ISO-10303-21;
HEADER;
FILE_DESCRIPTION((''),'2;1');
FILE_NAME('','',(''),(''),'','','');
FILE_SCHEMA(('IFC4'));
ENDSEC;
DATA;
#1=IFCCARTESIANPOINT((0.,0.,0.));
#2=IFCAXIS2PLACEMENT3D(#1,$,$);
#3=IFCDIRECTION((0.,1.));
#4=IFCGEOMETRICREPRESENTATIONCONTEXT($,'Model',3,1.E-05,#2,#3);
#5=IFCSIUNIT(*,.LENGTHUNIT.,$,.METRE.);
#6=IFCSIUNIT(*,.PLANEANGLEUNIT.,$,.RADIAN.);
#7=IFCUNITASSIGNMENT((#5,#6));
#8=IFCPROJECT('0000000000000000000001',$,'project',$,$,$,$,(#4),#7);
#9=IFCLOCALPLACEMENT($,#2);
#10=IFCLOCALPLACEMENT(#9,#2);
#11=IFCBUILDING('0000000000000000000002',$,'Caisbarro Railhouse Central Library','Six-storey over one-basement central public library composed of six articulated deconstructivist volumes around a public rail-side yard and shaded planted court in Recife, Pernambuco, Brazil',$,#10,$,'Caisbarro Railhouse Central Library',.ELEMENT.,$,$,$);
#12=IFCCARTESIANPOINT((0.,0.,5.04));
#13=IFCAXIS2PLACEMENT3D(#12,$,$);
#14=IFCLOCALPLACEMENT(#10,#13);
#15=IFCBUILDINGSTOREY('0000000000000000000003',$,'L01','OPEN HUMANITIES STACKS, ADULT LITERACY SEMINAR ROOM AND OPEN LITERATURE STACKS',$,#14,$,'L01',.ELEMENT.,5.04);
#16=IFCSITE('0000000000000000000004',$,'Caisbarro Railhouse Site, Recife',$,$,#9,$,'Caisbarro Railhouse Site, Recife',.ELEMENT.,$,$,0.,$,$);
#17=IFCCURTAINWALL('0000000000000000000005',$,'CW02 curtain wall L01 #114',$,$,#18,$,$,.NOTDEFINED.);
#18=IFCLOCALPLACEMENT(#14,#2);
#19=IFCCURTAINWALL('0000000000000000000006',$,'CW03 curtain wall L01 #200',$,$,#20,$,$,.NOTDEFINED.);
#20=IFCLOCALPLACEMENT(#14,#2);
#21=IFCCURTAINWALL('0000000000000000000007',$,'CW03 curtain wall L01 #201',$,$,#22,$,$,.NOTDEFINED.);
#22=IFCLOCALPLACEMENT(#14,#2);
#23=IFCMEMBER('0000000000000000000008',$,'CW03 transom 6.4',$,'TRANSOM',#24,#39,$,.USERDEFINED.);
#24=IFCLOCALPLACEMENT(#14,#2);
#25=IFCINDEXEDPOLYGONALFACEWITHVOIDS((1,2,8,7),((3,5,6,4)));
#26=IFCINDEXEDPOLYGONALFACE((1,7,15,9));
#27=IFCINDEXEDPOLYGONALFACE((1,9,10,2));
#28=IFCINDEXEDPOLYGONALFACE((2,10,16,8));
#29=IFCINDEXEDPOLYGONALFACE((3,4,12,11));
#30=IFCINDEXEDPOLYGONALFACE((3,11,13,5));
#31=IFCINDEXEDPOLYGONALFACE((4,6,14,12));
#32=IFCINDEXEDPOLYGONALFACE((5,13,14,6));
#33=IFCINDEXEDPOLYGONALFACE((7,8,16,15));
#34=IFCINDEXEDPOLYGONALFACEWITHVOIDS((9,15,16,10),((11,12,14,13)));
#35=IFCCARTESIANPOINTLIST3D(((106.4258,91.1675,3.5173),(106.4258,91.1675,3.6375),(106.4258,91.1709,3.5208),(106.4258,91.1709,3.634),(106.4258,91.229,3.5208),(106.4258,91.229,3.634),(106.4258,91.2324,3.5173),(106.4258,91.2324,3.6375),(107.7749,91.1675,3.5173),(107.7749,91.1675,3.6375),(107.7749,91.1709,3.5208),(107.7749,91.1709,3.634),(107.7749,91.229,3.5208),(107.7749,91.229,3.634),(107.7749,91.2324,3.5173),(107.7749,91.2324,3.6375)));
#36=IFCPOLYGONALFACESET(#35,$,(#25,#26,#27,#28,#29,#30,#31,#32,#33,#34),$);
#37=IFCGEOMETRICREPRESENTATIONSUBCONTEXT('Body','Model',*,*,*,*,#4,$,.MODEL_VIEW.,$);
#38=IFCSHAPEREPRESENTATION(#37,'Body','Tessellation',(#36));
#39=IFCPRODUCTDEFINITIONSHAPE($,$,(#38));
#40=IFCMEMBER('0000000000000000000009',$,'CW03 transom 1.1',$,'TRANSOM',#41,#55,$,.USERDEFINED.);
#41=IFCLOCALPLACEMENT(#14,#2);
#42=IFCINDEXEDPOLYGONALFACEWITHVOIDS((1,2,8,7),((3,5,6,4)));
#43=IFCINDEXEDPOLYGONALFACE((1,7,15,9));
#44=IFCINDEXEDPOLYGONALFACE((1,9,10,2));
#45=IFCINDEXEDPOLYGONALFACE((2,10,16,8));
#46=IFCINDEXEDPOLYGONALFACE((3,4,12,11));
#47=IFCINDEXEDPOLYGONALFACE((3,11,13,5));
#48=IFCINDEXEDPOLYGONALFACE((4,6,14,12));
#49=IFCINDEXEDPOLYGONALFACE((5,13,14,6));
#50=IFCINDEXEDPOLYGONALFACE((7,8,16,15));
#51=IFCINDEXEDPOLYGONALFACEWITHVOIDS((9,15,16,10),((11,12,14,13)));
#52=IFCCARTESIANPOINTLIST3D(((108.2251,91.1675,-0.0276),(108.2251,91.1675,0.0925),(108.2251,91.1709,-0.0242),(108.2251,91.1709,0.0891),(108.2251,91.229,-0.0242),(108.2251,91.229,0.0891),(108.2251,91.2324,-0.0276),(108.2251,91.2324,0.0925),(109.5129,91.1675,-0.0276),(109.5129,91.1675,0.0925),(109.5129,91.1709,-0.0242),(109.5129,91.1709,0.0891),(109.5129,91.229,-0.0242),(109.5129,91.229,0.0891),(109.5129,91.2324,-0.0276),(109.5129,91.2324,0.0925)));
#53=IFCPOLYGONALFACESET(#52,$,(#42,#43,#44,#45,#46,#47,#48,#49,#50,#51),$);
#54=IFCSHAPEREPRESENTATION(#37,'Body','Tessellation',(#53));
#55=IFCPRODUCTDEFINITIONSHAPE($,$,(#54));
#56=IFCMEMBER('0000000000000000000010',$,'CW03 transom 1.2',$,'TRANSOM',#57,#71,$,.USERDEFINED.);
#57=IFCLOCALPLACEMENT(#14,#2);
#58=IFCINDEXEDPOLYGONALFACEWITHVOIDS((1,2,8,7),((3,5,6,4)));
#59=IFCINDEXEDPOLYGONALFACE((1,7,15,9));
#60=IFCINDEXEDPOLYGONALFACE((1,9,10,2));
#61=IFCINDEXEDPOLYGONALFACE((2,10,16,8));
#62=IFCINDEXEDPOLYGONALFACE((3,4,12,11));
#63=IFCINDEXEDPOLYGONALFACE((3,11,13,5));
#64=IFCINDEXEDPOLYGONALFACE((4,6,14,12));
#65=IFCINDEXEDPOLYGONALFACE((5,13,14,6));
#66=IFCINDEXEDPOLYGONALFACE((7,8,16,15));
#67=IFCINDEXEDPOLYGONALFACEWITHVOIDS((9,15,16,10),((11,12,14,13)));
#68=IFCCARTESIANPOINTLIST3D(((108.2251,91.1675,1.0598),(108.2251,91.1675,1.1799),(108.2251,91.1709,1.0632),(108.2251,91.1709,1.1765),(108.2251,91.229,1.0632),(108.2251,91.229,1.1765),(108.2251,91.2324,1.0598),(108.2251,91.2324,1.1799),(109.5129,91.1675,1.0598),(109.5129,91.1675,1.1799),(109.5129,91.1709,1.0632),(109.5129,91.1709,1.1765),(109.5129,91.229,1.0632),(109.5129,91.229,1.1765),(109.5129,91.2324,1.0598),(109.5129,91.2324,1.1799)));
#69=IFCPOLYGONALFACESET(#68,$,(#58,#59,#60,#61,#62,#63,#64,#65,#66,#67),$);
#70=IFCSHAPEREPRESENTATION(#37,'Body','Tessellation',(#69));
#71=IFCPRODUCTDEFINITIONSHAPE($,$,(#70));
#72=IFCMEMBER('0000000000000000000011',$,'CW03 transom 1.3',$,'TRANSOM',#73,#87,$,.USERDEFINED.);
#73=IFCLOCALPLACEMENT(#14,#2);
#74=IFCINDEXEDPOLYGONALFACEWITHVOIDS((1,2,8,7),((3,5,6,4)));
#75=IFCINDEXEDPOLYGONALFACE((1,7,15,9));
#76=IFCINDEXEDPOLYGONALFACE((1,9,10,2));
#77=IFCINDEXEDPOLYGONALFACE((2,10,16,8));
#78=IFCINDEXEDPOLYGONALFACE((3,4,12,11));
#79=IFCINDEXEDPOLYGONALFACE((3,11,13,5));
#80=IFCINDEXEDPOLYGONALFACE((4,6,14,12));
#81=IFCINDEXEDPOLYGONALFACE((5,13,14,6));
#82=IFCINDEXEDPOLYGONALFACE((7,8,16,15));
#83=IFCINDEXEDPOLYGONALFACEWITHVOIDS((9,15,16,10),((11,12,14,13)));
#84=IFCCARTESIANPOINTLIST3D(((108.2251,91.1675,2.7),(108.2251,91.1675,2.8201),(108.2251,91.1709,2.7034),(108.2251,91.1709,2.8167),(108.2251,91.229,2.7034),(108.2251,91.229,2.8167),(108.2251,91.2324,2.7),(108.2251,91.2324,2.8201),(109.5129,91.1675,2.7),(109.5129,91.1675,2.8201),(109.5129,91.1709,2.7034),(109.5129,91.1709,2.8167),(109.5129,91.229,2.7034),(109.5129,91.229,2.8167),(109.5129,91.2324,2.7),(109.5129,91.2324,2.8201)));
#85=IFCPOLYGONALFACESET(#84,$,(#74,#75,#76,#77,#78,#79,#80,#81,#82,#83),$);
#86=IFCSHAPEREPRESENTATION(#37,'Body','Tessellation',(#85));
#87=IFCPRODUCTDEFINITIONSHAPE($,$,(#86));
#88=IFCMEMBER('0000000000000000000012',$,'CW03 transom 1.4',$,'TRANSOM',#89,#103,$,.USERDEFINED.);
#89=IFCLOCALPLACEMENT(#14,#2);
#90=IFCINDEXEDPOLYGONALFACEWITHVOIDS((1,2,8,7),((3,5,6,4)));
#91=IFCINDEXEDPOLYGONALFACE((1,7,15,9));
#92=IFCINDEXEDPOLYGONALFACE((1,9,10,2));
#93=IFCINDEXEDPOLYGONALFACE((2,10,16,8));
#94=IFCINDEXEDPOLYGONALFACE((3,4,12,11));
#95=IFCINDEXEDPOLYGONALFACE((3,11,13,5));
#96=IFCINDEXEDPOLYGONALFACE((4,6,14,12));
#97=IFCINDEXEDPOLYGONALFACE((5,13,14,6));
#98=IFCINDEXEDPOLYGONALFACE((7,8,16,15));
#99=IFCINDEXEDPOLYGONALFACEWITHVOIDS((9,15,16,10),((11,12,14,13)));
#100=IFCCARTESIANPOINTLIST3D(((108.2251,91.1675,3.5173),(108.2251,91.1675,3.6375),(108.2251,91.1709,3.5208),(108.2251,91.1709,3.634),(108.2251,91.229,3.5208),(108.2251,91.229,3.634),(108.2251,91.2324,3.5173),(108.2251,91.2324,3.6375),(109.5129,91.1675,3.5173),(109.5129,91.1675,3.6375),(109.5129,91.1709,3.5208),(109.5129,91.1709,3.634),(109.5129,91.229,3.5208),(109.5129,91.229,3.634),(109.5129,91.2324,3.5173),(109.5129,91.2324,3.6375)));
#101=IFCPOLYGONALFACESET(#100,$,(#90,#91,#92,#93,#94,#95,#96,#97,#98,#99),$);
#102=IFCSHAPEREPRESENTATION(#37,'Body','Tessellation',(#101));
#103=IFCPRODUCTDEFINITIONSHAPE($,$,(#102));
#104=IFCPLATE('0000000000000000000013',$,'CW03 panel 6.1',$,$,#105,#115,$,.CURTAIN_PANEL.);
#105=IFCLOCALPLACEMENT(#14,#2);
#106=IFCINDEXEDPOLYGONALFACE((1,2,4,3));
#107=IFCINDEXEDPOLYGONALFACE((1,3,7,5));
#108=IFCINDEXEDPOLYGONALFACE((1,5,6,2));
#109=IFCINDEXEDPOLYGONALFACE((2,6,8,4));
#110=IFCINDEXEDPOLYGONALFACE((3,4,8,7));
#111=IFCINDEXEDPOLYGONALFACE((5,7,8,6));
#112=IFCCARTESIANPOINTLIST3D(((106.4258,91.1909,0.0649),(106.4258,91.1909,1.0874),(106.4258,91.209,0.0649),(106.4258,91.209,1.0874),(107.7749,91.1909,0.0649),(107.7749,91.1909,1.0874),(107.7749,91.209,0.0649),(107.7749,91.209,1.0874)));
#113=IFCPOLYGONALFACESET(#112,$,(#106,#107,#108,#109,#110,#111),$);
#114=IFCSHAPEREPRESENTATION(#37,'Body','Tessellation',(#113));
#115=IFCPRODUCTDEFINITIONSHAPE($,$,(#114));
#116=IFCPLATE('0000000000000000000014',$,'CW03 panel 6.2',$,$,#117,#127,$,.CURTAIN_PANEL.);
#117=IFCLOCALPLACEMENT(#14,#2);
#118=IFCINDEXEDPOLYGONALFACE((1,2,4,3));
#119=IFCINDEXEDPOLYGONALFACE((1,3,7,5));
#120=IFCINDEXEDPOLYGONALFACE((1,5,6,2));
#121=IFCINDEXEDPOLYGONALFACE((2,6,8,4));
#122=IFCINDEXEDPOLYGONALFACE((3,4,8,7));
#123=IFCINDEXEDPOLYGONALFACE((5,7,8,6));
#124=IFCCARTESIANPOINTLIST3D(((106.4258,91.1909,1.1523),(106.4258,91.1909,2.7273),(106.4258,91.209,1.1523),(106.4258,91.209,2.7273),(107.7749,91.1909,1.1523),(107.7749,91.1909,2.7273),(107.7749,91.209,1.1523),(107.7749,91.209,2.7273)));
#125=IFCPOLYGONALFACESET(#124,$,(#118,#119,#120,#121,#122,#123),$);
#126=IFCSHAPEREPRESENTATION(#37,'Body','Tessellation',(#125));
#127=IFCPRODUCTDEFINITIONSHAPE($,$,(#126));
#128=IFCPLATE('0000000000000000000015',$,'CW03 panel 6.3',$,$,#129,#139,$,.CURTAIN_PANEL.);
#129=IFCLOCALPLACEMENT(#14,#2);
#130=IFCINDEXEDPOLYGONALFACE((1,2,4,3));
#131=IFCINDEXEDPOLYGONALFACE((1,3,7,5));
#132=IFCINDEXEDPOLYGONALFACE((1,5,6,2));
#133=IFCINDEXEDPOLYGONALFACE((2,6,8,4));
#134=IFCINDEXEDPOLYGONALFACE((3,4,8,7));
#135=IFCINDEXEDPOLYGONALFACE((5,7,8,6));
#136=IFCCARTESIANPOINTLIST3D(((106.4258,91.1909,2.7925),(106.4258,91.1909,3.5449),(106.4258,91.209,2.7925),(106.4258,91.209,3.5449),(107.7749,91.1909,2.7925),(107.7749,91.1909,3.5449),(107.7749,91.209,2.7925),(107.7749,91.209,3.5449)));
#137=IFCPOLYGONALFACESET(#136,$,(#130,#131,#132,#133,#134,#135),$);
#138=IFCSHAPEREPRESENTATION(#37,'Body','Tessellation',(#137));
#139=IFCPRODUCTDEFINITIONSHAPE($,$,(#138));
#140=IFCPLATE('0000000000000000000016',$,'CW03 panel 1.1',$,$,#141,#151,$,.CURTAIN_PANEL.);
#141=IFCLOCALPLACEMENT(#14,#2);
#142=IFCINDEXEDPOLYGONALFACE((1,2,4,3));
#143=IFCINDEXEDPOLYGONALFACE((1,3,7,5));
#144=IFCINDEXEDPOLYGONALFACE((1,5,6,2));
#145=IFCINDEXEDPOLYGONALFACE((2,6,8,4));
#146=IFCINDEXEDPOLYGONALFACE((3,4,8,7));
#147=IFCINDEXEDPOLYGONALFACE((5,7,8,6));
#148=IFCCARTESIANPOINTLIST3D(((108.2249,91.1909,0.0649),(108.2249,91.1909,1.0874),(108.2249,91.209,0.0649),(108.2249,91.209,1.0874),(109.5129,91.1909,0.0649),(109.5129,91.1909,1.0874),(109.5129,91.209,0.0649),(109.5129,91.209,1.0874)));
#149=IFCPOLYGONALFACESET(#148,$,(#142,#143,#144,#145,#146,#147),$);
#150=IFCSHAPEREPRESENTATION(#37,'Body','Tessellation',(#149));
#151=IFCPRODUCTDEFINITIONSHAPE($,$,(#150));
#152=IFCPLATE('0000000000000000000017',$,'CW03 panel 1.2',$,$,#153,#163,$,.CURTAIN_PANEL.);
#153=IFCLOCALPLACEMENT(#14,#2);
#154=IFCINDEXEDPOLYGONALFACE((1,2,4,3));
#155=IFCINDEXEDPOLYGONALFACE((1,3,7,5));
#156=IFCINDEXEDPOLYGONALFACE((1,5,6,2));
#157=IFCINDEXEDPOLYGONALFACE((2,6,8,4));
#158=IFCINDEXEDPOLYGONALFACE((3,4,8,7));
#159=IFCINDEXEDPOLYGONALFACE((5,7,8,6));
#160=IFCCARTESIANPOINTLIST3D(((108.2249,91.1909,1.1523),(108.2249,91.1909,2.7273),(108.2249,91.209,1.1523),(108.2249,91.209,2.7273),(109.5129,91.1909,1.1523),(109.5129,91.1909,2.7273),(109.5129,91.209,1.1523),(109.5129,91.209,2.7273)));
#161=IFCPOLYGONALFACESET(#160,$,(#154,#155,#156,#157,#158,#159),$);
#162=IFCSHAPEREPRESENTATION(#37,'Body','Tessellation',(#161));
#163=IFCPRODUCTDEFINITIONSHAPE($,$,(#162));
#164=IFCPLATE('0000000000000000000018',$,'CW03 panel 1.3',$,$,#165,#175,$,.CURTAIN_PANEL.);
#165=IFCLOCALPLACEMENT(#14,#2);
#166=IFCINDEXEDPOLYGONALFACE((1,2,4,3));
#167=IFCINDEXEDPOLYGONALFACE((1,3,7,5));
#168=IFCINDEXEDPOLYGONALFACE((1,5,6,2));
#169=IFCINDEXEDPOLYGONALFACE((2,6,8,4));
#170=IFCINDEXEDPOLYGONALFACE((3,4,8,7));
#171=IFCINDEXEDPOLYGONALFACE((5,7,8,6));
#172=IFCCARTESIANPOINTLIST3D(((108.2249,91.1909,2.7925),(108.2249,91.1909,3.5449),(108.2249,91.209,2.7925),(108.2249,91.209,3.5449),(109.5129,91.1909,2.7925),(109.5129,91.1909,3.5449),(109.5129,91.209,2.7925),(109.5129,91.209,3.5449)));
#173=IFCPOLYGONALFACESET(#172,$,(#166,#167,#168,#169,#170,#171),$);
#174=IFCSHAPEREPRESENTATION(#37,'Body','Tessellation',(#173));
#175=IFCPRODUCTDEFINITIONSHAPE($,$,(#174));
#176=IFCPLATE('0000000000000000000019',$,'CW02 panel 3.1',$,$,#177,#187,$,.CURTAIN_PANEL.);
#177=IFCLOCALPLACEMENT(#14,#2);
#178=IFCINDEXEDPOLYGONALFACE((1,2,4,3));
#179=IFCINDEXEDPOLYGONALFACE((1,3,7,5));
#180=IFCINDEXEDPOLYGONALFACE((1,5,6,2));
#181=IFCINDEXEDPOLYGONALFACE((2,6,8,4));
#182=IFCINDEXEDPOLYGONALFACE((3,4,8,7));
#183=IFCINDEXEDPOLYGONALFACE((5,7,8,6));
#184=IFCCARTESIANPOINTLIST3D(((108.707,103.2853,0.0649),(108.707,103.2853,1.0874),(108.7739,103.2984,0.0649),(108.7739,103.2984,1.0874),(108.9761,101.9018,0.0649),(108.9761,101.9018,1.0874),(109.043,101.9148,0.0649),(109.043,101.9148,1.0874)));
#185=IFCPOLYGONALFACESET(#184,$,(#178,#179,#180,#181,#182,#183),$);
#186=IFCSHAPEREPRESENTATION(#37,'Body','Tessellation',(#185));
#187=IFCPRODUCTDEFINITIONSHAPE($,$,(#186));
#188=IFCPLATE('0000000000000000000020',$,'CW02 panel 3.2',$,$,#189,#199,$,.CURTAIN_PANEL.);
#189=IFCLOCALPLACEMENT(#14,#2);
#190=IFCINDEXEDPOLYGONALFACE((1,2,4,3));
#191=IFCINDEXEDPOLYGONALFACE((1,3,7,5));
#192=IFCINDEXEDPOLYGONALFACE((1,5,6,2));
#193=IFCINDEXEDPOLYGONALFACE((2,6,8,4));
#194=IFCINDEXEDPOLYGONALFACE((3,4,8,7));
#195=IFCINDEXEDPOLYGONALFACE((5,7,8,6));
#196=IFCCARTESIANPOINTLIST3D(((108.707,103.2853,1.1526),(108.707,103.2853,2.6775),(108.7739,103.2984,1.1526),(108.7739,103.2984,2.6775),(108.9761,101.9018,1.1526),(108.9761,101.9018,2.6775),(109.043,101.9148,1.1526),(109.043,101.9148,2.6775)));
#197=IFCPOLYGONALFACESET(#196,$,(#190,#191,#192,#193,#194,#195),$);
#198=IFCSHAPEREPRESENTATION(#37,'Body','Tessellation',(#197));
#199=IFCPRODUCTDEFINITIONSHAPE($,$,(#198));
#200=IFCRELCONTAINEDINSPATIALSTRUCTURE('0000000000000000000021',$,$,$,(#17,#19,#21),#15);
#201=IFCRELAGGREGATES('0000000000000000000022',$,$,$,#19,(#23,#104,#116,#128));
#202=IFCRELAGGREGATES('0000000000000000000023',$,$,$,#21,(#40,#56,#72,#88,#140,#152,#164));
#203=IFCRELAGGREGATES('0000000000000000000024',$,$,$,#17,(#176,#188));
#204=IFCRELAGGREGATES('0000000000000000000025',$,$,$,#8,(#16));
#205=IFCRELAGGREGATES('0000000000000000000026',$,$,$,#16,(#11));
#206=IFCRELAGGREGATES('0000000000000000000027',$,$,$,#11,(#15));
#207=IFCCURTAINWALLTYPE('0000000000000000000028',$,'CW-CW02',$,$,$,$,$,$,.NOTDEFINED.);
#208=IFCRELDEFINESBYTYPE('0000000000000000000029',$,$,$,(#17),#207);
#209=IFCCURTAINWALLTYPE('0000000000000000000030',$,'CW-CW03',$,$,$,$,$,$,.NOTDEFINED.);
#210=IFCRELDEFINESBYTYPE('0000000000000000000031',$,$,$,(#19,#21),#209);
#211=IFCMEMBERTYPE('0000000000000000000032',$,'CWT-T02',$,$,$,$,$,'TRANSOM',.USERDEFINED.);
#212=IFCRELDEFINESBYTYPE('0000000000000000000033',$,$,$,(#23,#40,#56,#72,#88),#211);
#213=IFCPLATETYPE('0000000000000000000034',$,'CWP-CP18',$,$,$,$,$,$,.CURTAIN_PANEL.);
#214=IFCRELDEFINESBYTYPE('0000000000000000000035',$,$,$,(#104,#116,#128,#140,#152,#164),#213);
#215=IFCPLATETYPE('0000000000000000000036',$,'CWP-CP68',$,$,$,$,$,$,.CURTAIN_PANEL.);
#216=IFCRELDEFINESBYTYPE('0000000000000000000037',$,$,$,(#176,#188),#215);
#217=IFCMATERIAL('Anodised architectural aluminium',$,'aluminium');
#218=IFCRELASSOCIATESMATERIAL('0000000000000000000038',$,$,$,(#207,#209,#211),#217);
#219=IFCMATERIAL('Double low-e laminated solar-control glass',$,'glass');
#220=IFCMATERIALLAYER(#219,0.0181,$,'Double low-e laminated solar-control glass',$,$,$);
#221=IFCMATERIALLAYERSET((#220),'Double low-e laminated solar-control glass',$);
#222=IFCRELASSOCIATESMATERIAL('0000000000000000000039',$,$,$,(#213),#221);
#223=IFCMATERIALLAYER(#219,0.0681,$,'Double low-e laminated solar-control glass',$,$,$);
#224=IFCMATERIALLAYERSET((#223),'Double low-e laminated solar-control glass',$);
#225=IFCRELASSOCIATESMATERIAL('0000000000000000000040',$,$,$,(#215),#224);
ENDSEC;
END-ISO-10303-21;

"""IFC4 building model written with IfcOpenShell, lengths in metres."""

from ifc_helpers import new_model, si_unit, direction, frame, origin, origin_2d, place, context, subcontext, project, spatial, rectangle, hollow_rectangle, extrude, material, layer, layer_set, material_profile, profile_set, type_object, element, aggregate, save


model = new_model("IFC4")

# Units and contexts
model_context = context("Model", 3, precision=1e-05, world=origin(), true_north=direction((0.0, 1.0)))
body_context = subcontext(model_context, "Body", "Model", "MODEL_VIEW")
ifc_project = project(units=[si_unit("LENGTHUNIT", "METRE"), si_unit("PLANEANGLEUNIT", "RADIAN")], contexts=[model_context])

# Site, building, storey
site_placement = place(None, origin())
site = spatial("IfcSite", under=ifc_project, at=site_placement, Name="Caisbarro Railhouse Site, Recife", LongName="Caisbarro Railhouse Site, Recife", CompositionType="ELEMENT", RefElevation=0.0)
building_placement = place(site_placement, origin())
building = spatial("IfcBuilding", under=site, at=building_placement, Name="Caisbarro Railhouse Central Library", Description="Six-storey over one-basement central public library composed of six articulated deconstructivist volumes around a public rail-side yard and shaded planted court in Recife, Pernambuco, Brazil", LongName="Caisbarro Railhouse Central Library", CompositionType="ELEMENT")
storey_placement = place(building_placement, frame((0.0, 0.0, 5.04)))
storey = spatial("IfcBuildingStorey", under=building, at=storey_placement, Name="L01", Description="OPEN HUMANITIES STACKS, ADULT LITERACY SEMINAR ROOM AND OPEN LITERATURE STACKS", LongName="L01", CompositionType="ELEMENT", Elevation=5.04)

# Curtain wall
ifc_material_1 = material(Name="Anodised architectural aluminium", Category="aluminium")
curtain_wall_type_1 = type_object("IfcCurtainWallType", Name="CW-CW02", PredefinedType="NOTDEFINED", material=ifc_material_1)
curtain_wall_1_placement = place(storey_placement, origin())
curtain_wall_1 = element("IfcCurtainWall", 1, at=curtain_wall_1_placement, inside=storey, type_object=curtain_wall_type_1, Name="CW02 curtain wall L01 #114", PredefinedType="NOTDEFINED")

# Curtain walls
curtain_wall_type_2 = type_object("IfcCurtainWallType", Name="CW-CW03", PredefinedType="NOTDEFINED", material=ifc_material_1)
curtain_wall_2_placement = place(storey_placement, origin())
curtain_wall_2 = element("IfcCurtainWall", 2, at=curtain_wall_2_placement, inside=storey, type_object=curtain_wall_type_2, Name="CW03 curtain wall L01 #200", PredefinedType="NOTDEFINED")
curtain_wall_3_placement = place(storey_placement, origin())
curtain_wall_3 = element("IfcCurtainWall", 3, at=curtain_wall_3_placement, inside=storey, type_object=curtain_wall_type_2, Name="CW03 curtain wall L01 #201", PredefinedType="NOTDEFINED")

# Members
ifc_material_profile_1 = material_profile(ifc_material_1, hollow_rectangle(XDim=0.0649, YDim=0.1201, WallThickness=0.0034, at=origin_2d()), Name="ALU-TRN-65X120")
ifc_profile_set_1 = profile_set([ifc_material_profile_1], Name="Anodised architectural aluminium")
member_type_1 = type_object("IfcMemberType", Name="CWT-T02", ElementType="TRANSOM", PredefinedType="USERDEFINED", material=ifc_profile_set_1)
member_1_placement = place(storey_placement, frame((106.4258, 91.2, 3.5774), z_axis=(1.0, 0.0, 0.0), x_axis=(0.0, 1.0, 0.0)))
member_1 = element("IfcMember", 4, at=member_1_placement, type_object=member_type_1, Name="CW03 transom 6.4", ObjectType="TRANSOM", PredefinedType="USERDEFINED", context=body_context, shape_type="SweptSolid", body=[
    extrude(hollow_rectangle(XDim=0.0649, YDim=0.1201, WallThickness=0.0034, at=origin_2d()), origin(), (0.0, 0.0, 1.0), 1.3491),
])
member_2_placement = place(storey_placement, frame((108.2251, 91.2, 0.0325), z_axis=(1.0, 0.0, 0.0), x_axis=(0.0, 1.0, 0.0)))
member_2 = element("IfcMember", 5, at=member_2_placement, type_object=member_type_1, Name="CW03 transom 1.1", ObjectType="TRANSOM", PredefinedType="USERDEFINED", context=body_context, shape_type="SweptSolid", body=[
    extrude(hollow_rectangle(XDim=0.0649, YDim=0.1201, WallThickness=0.0034, at=origin_2d()), origin(), (0.0, 0.0, 1.0), 1.2878),
])
member_3_placement = place(storey_placement, frame((108.2251, 91.2, 1.1199), z_axis=(1.0, 0.0, 0.0), x_axis=(0.0, 1.0, 0.0)))
member_3 = element("IfcMember", 6, at=member_3_placement, type_object=member_type_1, Name="CW03 transom 1.2", ObjectType="TRANSOM", PredefinedType="USERDEFINED", context=body_context, shape_type="SweptSolid", body=[
    extrude(hollow_rectangle(XDim=0.0649, YDim=0.1201, WallThickness=0.0034, at=origin_2d()), origin(), (0.0, 0.0, 1.0), 1.2878),
])
member_4_placement = place(storey_placement, frame((108.2251, 91.2, 2.76), z_axis=(1.0, 0.0, 0.0), x_axis=(0.0, 1.0, 0.0)))
member_4 = element("IfcMember", 7, at=member_4_placement, type_object=member_type_1, Name="CW03 transom 1.3", ObjectType="TRANSOM", PredefinedType="USERDEFINED", context=body_context, shape_type="SweptSolid", body=[
    extrude(hollow_rectangle(XDim=0.0649, YDim=0.1201, WallThickness=0.0034, at=origin_2d()), origin(), (0.0, 0.0, 1.0), 1.2878),
])
member_5_placement = place(storey_placement, frame((108.2251, 91.2, 3.5774), z_axis=(1.0, 0.0, 0.0), x_axis=(0.0, 1.0, 0.0)))
member_5 = element("IfcMember", 8, at=member_5_placement, type_object=member_type_1, Name="CW03 transom 1.4", ObjectType="TRANSOM", PredefinedType="USERDEFINED", context=body_context, shape_type="SweptSolid", body=[
    extrude(hollow_rectangle(XDim=0.0649, YDim=0.1201, WallThickness=0.0034, at=origin_2d()), origin(), (0.0, 0.0, 1.0), 1.2878),
])

# Plates
ifc_material_2 = material(Name="Double low-e laminated solar-control glass", Category="glass")
ifc_layer_1 = layer(ifc_material_2, 0.0181, Name="Double low-e laminated solar-control glass")
ifc_layer_set_1 = layer_set([ifc_layer_1], Name="Double low-e laminated solar-control glass")
plate_type_1 = type_object("IfcPlateType", Name="CWP-CP18", PredefinedType="CURTAIN_PANEL", material=ifc_layer_set_1)
plate_1_placement = place(storey_placement, frame((107.1003, 91.2, 0.0649), z_axis=(0.0, 0.0, 1.0), x_axis=(1.0, 0.0, 0.0)))
plate_1 = element("IfcPlate", 9, at=plate_1_placement, type_object=plate_type_1, Name="CW03 panel 6.1", PredefinedType="CURTAIN_PANEL", context=body_context, shape_type="SweptSolid", body=[
    extrude(rectangle(XDim=1.3491, YDim=0.0181, at=origin_2d()), origin(), (0.0, 0.0, 1.0), 1.0225),
])
plate_2_placement = place(storey_placement, frame((107.1003, 91.2, 1.1523), z_axis=(0.0, 0.0, 1.0), x_axis=(1.0, 0.0, 0.0)))
plate_2 = element("IfcPlate", 10, at=plate_2_placement, type_object=plate_type_1, Name="CW03 panel 6.2", PredefinedType="CURTAIN_PANEL", context=body_context, shape_type="SweptSolid", body=[
    extrude(rectangle(XDim=1.3491, YDim=0.0181, at=origin_2d()), origin(), (0.0, 0.0, 1.0), 1.575),
])
plate_3_placement = place(storey_placement, frame((107.1003, 91.2, 2.7925), z_axis=(0.0, 0.0, 1.0), x_axis=(1.0, 0.0, 0.0)))
plate_3 = element("IfcPlate", 11, at=plate_3_placement, type_object=plate_type_1, Name="CW03 panel 6.3", PredefinedType="CURTAIN_PANEL", context=body_context, shape_type="SweptSolid", body=[
    extrude(rectangle(XDim=1.3491, YDim=0.0181, at=origin_2d()), origin(), (0.0, 0.0, 1.0), 0.7524),
])
aggregate(curtain_wall_2, [member_1, plate_1, plate_2, plate_3])
plate_4_placement = place(storey_placement, frame((108.8689, 91.2, 0.0649), z_axis=(0.0, 0.0, 1.0), x_axis=(1.0, 0.0, 0.0)))
plate_4 = element("IfcPlate", 12, at=plate_4_placement, type_object=plate_type_1, Name="CW03 panel 1.1", PredefinedType="CURTAIN_PANEL", context=body_context, shape_type="SweptSolid", body=[
    extrude(rectangle(XDim=1.2881, YDim=0.0181, at=origin_2d()), origin(), (0.0, 0.0, 1.0), 1.0225),
])
plate_5_placement = place(storey_placement, frame((108.8689, 91.2, 1.1523), z_axis=(0.0, 0.0, 1.0), x_axis=(1.0, 0.0, 0.0)))
plate_5 = element("IfcPlate", 13, at=plate_5_placement, type_object=plate_type_1, Name="CW03 panel 1.2", PredefinedType="CURTAIN_PANEL", context=body_context, shape_type="SweptSolid", body=[
    extrude(rectangle(XDim=1.2881, YDim=0.0181, at=origin_2d()), origin(), (0.0, 0.0, 1.0), 1.575),
])
plate_6_placement = place(storey_placement, frame((108.8689, 91.2, 2.7925), z_axis=(0.0, 0.0, 1.0), x_axis=(1.0, 0.0, 0.0)))
plate_6 = element("IfcPlate", 14, at=plate_6_placement, type_object=plate_type_1, Name="CW03 panel 1.3", PredefinedType="CURTAIN_PANEL", context=body_context, shape_type="SweptSolid", body=[
    extrude(rectangle(XDim=1.2881, YDim=0.0181, at=origin_2d()), origin(), (0.0, 0.0, 1.0), 0.7524),
])
aggregate(curtain_wall_3, [member_2, member_3, member_4, member_5, plate_4, plate_5, plate_6])
ifc_layer_2 = layer(ifc_material_2, 0.0681, Name="Double low-e laminated solar-control glass")
ifc_layer_set_2 = layer_set([ifc_layer_2], Name="Double low-e laminated solar-control glass")
plate_type_2 = type_object("IfcPlateType", Name="CWP-CP68", PredefinedType="CURTAIN_PANEL", material=ifc_layer_set_2)
plate_7_placement = place(storey_placement, frame((108.875, 102.6001, 0.0649), z_axis=(0.0, 0.0, 1.0), x_axis=(-0.190911, 0.981607, 0.0)))
plate_7 = element("IfcPlate", 15, at=plate_7_placement, type_object=plate_type_2, Name="CW02 panel 3.1", PredefinedType="CURTAIN_PANEL", context=body_context, shape_type="SweptSolid", body=[
    extrude(rectangle(XDim=1.4094, YDim=0.0681, at=origin_2d()), origin(), (0.0, 0.0, 1.0), 1.0225),
])
plate_8_placement = place(storey_placement, frame((108.875, 102.6001, 1.1526), z_axis=(0.0, 0.0, 1.0), x_axis=(-0.190911, 0.981607, 0.0)))
plate_8 = element("IfcPlate", 16, at=plate_8_placement, type_object=plate_type_2, Name="CW02 panel 3.2", PredefinedType="CURTAIN_PANEL", context=body_context, shape_type="SweptSolid", body=[
    extrude(rectangle(XDim=1.4094, YDim=0.0681, at=origin_2d()), origin(), (0.0, 0.0, 1.0), 1.5249),
])
aggregate(curtain_wall_1, [plate_7, plate_8])

save(model, "model.ifc")
